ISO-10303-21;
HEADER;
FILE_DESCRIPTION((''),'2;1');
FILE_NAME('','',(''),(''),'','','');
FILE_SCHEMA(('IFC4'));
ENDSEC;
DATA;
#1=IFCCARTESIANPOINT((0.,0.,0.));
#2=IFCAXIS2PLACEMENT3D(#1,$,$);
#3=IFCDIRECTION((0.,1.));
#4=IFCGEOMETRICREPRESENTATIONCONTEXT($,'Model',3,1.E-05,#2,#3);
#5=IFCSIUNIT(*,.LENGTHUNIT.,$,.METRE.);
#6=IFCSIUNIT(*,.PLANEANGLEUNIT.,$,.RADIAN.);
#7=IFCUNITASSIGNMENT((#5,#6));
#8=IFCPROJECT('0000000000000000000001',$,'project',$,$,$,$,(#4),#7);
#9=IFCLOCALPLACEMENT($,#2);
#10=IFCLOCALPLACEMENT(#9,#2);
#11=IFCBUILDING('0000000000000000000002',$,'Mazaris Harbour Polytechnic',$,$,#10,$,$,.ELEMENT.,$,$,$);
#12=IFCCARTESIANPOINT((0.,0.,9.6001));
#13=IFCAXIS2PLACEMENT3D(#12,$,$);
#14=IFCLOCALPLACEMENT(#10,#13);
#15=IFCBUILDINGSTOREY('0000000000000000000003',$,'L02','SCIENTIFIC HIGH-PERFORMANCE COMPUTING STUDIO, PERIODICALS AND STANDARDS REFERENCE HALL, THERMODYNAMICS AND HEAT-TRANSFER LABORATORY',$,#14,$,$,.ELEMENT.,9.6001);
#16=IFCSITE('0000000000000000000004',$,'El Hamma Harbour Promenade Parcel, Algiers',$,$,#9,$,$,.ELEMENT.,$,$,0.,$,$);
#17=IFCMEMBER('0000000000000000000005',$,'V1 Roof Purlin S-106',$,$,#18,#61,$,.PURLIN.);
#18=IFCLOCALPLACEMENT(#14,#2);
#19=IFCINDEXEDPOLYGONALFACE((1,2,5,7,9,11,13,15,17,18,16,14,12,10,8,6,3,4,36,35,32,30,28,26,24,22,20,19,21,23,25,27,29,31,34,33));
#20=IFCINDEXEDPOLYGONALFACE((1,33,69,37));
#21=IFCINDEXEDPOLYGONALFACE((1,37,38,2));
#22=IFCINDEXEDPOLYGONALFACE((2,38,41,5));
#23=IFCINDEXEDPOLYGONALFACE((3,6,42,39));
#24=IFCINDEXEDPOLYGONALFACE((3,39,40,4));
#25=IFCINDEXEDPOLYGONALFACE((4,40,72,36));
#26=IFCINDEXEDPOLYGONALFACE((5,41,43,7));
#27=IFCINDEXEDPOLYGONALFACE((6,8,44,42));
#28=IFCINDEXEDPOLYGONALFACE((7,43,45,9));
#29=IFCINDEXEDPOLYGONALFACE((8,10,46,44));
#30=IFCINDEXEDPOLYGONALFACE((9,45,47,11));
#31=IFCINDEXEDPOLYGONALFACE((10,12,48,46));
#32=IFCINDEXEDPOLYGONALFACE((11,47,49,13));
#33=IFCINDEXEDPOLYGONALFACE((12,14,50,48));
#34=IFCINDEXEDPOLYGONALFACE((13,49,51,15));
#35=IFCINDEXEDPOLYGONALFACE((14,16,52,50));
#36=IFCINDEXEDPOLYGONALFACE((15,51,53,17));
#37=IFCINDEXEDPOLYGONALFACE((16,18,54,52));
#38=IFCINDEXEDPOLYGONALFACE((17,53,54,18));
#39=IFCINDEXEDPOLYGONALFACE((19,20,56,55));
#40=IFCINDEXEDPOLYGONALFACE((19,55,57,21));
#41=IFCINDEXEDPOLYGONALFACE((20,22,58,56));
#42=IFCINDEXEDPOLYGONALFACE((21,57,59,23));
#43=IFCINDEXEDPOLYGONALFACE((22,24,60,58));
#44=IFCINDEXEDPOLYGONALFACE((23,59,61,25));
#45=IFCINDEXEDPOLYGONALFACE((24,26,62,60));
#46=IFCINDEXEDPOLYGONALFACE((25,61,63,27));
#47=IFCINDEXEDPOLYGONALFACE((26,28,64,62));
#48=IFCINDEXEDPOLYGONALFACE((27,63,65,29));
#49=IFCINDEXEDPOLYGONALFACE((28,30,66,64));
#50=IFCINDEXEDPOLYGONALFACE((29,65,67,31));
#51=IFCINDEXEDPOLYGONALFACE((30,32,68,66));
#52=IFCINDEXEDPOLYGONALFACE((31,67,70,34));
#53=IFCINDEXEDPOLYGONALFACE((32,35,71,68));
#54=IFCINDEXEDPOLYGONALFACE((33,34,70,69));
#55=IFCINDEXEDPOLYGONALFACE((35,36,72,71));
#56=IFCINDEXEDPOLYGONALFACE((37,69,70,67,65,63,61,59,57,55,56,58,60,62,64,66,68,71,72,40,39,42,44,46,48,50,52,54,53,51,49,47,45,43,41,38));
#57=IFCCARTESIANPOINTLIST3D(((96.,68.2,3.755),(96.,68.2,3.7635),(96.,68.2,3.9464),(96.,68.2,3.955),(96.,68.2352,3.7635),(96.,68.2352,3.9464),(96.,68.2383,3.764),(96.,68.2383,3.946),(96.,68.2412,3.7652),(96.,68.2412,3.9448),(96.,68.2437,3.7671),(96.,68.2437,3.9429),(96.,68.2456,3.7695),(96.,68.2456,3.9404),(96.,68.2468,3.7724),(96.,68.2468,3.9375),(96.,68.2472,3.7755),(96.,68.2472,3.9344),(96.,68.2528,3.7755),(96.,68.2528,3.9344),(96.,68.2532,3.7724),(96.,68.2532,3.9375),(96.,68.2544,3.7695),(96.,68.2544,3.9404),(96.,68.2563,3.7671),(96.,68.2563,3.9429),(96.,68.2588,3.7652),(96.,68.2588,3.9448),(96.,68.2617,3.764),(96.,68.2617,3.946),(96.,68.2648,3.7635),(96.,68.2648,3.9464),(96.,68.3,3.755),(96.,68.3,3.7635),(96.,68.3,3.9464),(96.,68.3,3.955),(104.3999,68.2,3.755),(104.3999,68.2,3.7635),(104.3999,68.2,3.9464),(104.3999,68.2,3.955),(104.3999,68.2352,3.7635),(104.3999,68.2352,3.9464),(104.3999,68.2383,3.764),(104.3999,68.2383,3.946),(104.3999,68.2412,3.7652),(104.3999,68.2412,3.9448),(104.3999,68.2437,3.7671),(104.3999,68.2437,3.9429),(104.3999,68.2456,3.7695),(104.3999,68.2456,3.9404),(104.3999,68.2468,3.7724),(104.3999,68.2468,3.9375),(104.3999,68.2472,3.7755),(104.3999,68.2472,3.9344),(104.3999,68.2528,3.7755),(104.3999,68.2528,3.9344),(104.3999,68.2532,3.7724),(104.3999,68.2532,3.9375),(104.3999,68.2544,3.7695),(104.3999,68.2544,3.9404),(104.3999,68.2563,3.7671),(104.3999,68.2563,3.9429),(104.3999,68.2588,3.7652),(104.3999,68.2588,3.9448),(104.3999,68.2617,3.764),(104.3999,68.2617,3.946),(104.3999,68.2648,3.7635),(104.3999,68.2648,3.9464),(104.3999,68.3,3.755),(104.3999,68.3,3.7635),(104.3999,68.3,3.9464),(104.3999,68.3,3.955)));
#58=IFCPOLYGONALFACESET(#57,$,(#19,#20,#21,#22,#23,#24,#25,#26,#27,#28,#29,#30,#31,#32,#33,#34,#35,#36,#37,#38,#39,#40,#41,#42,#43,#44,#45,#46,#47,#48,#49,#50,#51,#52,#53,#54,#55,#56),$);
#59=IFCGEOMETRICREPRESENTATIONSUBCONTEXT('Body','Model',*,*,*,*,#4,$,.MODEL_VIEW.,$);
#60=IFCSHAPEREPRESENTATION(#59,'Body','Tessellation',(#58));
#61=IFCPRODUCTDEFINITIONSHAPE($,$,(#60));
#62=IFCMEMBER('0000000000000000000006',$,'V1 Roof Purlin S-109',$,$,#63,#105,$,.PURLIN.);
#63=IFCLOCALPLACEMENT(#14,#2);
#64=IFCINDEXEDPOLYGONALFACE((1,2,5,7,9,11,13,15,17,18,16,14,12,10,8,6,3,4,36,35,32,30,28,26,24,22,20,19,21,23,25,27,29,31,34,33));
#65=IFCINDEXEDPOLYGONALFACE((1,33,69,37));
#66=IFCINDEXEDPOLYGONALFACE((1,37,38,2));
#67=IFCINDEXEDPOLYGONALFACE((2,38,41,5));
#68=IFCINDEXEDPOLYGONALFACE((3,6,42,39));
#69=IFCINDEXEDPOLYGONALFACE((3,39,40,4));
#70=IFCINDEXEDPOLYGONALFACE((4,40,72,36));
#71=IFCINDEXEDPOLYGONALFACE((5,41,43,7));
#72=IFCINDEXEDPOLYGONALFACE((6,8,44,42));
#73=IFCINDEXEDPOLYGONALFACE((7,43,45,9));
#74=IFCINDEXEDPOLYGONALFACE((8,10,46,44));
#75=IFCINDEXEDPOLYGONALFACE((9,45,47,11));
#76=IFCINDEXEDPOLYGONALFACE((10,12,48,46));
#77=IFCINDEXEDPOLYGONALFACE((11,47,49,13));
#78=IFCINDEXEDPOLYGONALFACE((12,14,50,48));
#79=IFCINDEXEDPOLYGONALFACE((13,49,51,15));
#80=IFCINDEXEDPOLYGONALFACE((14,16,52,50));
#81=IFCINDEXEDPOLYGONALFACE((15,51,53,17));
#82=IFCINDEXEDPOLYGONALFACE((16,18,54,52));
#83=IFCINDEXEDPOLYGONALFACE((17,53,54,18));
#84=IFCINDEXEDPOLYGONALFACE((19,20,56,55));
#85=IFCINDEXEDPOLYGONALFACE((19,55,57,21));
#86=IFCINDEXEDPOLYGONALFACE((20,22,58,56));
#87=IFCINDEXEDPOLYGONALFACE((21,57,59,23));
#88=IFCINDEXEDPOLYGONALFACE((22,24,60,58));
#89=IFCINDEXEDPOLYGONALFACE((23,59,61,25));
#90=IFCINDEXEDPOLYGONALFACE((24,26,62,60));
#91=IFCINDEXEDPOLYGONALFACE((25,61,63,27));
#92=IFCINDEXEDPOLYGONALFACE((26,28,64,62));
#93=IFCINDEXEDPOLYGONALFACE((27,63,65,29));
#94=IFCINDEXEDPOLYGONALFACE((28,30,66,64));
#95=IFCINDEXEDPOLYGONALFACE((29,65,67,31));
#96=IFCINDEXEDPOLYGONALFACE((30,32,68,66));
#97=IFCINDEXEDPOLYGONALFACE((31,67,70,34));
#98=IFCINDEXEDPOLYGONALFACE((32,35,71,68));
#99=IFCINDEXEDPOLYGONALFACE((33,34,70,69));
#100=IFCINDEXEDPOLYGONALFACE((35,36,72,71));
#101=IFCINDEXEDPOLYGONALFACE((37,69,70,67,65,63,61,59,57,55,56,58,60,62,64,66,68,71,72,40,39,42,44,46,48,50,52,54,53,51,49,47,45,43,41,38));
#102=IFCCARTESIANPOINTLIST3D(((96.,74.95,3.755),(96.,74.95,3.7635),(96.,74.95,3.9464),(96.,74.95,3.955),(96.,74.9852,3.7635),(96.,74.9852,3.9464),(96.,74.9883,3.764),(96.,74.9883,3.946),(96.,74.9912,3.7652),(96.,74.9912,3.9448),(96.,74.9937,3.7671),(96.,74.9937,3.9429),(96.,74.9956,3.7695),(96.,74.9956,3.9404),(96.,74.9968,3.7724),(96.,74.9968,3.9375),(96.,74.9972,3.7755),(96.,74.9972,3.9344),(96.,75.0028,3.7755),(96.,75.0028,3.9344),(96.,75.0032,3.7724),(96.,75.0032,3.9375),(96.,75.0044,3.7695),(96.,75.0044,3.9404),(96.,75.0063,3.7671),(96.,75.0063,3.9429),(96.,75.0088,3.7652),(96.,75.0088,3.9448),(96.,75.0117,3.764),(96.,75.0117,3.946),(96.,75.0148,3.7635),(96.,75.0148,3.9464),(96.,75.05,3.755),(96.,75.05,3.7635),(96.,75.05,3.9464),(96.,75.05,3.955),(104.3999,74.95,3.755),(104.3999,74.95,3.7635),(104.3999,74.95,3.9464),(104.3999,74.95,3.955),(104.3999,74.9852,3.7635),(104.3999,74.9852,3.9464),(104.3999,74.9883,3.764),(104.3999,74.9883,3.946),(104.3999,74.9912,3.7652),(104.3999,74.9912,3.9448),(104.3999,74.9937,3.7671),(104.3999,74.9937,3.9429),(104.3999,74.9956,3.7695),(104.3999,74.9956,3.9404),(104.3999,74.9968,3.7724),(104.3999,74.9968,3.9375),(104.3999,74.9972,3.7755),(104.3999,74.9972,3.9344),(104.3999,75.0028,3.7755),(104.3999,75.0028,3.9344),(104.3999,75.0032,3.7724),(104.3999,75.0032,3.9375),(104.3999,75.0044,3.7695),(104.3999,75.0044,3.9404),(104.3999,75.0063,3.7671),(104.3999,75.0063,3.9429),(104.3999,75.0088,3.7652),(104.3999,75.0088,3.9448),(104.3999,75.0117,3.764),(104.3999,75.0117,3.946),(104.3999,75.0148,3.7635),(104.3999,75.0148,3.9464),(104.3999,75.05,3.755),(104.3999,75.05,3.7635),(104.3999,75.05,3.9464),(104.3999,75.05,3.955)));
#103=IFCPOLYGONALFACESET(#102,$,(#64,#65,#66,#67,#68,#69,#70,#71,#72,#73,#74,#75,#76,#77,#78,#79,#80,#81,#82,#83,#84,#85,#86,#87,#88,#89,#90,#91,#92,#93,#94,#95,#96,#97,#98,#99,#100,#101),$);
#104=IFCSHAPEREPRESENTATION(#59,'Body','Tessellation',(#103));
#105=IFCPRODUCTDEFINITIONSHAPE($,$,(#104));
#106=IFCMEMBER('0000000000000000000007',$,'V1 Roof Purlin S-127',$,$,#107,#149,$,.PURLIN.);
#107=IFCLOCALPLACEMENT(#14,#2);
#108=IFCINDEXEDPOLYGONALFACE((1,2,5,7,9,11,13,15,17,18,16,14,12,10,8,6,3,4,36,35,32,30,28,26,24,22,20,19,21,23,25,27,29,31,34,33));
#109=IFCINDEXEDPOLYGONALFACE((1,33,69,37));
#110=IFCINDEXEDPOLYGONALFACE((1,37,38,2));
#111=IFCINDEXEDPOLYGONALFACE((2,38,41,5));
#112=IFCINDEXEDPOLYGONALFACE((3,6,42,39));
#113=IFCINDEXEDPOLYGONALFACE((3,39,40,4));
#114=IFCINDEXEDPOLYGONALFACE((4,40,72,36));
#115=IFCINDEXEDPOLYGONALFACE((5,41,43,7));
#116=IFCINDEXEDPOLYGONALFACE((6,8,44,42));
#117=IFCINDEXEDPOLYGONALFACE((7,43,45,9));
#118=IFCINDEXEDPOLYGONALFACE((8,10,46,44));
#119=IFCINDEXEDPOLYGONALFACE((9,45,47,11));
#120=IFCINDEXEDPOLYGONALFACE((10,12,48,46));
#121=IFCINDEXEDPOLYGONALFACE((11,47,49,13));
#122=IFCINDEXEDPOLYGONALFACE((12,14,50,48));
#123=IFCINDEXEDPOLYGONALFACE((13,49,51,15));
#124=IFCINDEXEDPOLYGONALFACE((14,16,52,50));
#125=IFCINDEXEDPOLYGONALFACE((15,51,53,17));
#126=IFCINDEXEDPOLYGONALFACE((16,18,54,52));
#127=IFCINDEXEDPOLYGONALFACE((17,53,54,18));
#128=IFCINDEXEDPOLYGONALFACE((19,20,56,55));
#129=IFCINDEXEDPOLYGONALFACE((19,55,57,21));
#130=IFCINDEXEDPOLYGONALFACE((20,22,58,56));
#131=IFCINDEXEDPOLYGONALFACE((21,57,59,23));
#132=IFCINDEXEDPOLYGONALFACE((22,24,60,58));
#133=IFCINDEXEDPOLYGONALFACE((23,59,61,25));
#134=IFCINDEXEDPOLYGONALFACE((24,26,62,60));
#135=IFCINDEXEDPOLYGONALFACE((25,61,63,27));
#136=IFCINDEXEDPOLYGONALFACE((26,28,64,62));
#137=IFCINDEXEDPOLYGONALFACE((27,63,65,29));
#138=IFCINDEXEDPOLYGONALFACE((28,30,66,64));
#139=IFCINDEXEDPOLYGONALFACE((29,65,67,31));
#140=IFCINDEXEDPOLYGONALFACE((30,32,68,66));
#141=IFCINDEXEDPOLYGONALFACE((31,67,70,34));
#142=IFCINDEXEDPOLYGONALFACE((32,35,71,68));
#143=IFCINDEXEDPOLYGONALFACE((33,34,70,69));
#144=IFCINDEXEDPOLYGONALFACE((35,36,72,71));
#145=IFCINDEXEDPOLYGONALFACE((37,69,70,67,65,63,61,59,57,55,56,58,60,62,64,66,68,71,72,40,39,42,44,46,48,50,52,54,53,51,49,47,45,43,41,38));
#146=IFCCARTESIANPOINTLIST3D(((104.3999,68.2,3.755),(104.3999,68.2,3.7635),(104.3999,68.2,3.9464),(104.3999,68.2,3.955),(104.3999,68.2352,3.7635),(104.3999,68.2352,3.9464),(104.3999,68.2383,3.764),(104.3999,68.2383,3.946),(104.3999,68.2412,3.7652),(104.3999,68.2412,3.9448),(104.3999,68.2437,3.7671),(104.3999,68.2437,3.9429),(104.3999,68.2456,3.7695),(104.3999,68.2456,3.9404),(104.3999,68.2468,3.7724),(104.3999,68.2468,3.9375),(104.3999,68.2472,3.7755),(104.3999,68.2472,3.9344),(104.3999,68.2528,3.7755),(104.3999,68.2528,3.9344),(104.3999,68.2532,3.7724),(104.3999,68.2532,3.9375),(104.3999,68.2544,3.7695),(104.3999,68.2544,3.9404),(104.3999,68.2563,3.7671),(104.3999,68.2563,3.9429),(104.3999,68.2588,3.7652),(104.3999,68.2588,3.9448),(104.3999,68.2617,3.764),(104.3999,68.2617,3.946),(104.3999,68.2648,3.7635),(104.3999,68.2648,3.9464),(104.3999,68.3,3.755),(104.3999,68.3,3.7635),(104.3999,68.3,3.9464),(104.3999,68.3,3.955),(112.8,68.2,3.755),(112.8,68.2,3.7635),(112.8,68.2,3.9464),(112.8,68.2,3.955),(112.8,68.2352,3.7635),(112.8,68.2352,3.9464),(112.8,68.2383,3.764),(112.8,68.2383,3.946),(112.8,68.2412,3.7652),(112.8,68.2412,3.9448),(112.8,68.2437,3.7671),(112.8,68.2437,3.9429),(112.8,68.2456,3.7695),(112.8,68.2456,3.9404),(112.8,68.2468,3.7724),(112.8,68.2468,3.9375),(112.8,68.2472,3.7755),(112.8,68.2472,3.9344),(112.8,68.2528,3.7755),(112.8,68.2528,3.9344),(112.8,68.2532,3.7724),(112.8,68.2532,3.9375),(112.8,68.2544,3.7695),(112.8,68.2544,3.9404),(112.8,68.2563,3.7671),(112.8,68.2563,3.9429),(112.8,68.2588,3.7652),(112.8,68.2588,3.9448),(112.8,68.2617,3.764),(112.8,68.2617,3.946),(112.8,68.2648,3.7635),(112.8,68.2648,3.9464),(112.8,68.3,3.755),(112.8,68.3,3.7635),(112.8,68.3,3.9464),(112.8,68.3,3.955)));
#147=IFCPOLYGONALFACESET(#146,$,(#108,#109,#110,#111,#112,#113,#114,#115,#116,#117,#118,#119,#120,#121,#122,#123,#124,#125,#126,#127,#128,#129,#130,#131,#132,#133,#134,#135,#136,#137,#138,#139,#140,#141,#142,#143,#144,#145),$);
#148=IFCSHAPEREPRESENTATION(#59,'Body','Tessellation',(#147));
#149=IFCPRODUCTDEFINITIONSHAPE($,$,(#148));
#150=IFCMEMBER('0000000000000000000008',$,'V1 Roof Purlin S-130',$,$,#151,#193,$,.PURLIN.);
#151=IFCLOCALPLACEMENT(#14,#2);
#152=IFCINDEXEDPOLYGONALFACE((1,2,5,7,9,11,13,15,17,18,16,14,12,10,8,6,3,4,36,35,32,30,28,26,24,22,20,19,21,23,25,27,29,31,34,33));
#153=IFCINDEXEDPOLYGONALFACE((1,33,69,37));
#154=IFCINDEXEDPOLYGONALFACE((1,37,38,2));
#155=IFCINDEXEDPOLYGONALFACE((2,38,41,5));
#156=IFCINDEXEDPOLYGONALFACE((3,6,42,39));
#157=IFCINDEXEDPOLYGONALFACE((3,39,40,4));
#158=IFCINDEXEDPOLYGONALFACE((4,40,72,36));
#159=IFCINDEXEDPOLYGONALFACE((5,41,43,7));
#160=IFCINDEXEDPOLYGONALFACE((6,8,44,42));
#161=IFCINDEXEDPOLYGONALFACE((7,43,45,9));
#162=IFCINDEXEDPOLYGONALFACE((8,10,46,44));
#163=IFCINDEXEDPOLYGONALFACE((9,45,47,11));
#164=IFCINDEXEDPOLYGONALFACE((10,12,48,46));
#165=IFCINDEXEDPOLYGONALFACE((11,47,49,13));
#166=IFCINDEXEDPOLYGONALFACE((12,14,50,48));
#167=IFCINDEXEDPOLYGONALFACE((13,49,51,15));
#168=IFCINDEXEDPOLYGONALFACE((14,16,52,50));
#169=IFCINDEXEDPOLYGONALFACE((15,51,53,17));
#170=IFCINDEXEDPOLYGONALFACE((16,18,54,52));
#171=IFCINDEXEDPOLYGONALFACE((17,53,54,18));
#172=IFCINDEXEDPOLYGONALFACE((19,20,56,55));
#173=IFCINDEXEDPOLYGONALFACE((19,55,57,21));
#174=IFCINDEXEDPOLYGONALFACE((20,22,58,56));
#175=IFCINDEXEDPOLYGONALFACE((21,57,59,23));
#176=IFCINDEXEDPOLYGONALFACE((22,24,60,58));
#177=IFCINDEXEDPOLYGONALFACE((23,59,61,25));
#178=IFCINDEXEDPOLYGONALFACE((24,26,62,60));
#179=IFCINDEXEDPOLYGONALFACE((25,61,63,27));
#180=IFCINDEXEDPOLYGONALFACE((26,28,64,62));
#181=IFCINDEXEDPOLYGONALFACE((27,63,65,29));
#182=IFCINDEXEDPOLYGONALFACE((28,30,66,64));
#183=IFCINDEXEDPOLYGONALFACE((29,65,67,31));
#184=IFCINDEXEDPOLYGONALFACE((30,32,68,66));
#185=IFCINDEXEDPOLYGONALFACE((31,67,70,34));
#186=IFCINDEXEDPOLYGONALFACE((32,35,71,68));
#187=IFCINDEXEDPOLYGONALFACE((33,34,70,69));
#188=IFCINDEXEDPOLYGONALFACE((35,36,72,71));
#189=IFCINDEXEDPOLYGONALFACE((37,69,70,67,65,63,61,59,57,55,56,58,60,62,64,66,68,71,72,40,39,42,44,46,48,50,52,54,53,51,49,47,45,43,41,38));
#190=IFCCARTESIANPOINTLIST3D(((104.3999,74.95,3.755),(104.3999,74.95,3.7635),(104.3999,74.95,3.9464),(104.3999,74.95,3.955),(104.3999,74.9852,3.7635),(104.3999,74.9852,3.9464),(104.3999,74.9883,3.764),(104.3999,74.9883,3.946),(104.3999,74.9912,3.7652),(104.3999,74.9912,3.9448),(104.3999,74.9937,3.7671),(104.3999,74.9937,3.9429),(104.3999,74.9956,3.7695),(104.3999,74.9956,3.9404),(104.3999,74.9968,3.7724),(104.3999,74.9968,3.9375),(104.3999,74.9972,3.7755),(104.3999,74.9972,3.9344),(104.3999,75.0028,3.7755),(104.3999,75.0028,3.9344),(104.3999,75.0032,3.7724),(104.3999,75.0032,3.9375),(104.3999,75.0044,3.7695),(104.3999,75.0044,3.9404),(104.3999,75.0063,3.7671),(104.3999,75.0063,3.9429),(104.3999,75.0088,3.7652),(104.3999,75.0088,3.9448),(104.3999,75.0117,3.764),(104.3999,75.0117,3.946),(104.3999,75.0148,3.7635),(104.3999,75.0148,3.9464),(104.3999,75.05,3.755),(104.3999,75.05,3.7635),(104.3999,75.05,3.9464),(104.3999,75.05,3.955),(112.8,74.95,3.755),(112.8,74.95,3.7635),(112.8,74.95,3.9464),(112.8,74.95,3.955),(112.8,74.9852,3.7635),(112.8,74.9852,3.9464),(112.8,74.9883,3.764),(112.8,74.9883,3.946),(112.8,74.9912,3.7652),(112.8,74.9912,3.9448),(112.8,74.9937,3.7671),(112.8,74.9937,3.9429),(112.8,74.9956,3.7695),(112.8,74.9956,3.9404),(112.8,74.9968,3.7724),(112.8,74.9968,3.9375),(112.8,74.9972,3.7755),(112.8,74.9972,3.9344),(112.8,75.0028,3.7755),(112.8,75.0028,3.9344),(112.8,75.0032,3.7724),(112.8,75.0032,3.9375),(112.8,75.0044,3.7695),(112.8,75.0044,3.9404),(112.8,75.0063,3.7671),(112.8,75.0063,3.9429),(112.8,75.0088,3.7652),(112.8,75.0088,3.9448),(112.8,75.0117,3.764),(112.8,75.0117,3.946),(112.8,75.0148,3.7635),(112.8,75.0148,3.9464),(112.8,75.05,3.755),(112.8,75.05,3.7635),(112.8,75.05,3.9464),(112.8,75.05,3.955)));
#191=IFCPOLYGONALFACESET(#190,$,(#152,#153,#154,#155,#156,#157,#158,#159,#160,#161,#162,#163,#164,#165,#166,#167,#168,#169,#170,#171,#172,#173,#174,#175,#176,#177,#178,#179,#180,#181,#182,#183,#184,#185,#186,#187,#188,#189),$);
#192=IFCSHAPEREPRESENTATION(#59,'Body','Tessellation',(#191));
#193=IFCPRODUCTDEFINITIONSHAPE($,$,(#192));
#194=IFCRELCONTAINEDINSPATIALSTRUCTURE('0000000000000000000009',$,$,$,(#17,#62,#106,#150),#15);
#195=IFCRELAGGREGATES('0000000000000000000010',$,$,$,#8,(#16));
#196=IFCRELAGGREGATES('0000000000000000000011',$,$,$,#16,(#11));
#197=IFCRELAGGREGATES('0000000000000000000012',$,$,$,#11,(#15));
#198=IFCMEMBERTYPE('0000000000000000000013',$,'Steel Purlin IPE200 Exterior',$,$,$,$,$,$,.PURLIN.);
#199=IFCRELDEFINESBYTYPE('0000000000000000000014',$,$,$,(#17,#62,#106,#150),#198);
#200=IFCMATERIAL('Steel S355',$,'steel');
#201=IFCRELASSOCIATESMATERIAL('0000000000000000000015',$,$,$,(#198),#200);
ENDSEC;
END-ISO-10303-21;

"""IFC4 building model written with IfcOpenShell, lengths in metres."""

from ifc_helpers import new_model, si_unit, direction, frame, origin, origin_2d, place, context, subcontext, project, spatial, i_section, extrude, material, material_profile, profile_set, type_object, element, save


model = new_model("IFC4")

# Units and contexts
model_context = context("Model", 3, precision=1e-05, world=origin(), true_north=direction((0.0, 1.0)))
body_context = subcontext(model_context, "Body", "Model", "MODEL_VIEW")
ifc_project = project(units=[si_unit("LENGTHUNIT", "METRE"), si_unit("PLANEANGLEUNIT", "RADIAN")], contexts=[model_context])

# Site, building, storey
site_placement = place(None, origin())
site = spatial("IfcSite", under=ifc_project, at=site_placement, Name="El Hamma Harbour Promenade Parcel, Algiers", CompositionType="ELEMENT", RefElevation=0.0)
building_placement = place(site_placement, origin())
building = spatial("IfcBuilding", under=site, at=building_placement, Name="Mazaris Harbour Polytechnic", CompositionType="ELEMENT")
storey_placement = place(building_placement, frame((0.0, 0.0, 9.6001)))
storey = spatial("IfcBuildingStorey", under=building, at=storey_placement, Name="L02", Description="SCIENTIFIC HIGH-PERFORMANCE COMPUTING STUDIO, PERIODICALS AND STANDARDS REFERENCE HALL, THERMODYNAMICS AND HEAT-TRANSFER LABORATORY", CompositionType="ELEMENT", Elevation=9.6001)

# Members
ifc_material_1 = material(Name="Steel S355", Category="steel")
ifc_material_profile_1 = material_profile(ifc_material_1, i_section(OverallWidth=0.1001, OverallDepth=0.2, WebThickness=0.0056, FlangeThickness=0.0085, FilletRadius=0.012, at=origin_2d()), Name="IPE 200")
ifc_profile_set_1 = profile_set([ifc_material_profile_1], Name="Steel S355")
member_type_1 = type_object("IfcMemberType", Name="Steel Purlin IPE200 Exterior", PredefinedType="PURLIN", material=ifc_profile_set_1)
for number, where, z_axis, x_axis, name in (
    (1, (96.0, 68.25, 3.855), (1.0, 0.0, 0.0), (0.0, 1.0, 0.0), "V1 Roof Purlin S-106"),
    (2, (96.0, 75.0, 3.855), (1.0, 0.0, 0.0), (0.0, 1.0, 0.0), "V1 Roof Purlin S-109"),
):
    element("IfcMember", number, at=place(storey_placement, frame(where, z_axis=z_axis, x_axis=x_axis)), inside=storey, type_object=member_type_1, Name=name, PredefinedType="PURLIN", context=body_context, shape_type="SweptSolid", body=[
        extrude(i_section(OverallWidth=0.1001, OverallDepth=0.2, WebThickness=0.0056, FlangeThickness=0.0085, FilletRadius=0.012, at=origin_2d()), origin(), (0.0, 0.0, 1.0), 8.3999),
    ])
for number, where, z_axis, x_axis, name in (
    (3, (104.3999, 68.25, 3.855), (1.0, 0.0, 0.0), (0.0, 1.0, 0.0), "V1 Roof Purlin S-127"),
    (4, (104.3999, 75.0, 3.855), (1.0, 0.0, 0.0), (0.0, 1.0, 0.0), "V1 Roof Purlin S-130"),
):
    element("IfcMember", number, at=place(storey_placement, frame(where, z_axis=z_axis, x_axis=x_axis)), inside=storey, type_object=member_type_1, Name=name, PredefinedType="PURLIN", context=body_context, shape_type="SweptSolid", body=[
        extrude(i_section(OverallWidth=0.1001, OverallDepth=0.2, WebThickness=0.0056, FlangeThickness=0.0085, FilletRadius=0.012, at=origin_2d()), origin(), (0.0, 0.0, 1.0), 8.4001),
    ])

save(model, "model.ifc")
